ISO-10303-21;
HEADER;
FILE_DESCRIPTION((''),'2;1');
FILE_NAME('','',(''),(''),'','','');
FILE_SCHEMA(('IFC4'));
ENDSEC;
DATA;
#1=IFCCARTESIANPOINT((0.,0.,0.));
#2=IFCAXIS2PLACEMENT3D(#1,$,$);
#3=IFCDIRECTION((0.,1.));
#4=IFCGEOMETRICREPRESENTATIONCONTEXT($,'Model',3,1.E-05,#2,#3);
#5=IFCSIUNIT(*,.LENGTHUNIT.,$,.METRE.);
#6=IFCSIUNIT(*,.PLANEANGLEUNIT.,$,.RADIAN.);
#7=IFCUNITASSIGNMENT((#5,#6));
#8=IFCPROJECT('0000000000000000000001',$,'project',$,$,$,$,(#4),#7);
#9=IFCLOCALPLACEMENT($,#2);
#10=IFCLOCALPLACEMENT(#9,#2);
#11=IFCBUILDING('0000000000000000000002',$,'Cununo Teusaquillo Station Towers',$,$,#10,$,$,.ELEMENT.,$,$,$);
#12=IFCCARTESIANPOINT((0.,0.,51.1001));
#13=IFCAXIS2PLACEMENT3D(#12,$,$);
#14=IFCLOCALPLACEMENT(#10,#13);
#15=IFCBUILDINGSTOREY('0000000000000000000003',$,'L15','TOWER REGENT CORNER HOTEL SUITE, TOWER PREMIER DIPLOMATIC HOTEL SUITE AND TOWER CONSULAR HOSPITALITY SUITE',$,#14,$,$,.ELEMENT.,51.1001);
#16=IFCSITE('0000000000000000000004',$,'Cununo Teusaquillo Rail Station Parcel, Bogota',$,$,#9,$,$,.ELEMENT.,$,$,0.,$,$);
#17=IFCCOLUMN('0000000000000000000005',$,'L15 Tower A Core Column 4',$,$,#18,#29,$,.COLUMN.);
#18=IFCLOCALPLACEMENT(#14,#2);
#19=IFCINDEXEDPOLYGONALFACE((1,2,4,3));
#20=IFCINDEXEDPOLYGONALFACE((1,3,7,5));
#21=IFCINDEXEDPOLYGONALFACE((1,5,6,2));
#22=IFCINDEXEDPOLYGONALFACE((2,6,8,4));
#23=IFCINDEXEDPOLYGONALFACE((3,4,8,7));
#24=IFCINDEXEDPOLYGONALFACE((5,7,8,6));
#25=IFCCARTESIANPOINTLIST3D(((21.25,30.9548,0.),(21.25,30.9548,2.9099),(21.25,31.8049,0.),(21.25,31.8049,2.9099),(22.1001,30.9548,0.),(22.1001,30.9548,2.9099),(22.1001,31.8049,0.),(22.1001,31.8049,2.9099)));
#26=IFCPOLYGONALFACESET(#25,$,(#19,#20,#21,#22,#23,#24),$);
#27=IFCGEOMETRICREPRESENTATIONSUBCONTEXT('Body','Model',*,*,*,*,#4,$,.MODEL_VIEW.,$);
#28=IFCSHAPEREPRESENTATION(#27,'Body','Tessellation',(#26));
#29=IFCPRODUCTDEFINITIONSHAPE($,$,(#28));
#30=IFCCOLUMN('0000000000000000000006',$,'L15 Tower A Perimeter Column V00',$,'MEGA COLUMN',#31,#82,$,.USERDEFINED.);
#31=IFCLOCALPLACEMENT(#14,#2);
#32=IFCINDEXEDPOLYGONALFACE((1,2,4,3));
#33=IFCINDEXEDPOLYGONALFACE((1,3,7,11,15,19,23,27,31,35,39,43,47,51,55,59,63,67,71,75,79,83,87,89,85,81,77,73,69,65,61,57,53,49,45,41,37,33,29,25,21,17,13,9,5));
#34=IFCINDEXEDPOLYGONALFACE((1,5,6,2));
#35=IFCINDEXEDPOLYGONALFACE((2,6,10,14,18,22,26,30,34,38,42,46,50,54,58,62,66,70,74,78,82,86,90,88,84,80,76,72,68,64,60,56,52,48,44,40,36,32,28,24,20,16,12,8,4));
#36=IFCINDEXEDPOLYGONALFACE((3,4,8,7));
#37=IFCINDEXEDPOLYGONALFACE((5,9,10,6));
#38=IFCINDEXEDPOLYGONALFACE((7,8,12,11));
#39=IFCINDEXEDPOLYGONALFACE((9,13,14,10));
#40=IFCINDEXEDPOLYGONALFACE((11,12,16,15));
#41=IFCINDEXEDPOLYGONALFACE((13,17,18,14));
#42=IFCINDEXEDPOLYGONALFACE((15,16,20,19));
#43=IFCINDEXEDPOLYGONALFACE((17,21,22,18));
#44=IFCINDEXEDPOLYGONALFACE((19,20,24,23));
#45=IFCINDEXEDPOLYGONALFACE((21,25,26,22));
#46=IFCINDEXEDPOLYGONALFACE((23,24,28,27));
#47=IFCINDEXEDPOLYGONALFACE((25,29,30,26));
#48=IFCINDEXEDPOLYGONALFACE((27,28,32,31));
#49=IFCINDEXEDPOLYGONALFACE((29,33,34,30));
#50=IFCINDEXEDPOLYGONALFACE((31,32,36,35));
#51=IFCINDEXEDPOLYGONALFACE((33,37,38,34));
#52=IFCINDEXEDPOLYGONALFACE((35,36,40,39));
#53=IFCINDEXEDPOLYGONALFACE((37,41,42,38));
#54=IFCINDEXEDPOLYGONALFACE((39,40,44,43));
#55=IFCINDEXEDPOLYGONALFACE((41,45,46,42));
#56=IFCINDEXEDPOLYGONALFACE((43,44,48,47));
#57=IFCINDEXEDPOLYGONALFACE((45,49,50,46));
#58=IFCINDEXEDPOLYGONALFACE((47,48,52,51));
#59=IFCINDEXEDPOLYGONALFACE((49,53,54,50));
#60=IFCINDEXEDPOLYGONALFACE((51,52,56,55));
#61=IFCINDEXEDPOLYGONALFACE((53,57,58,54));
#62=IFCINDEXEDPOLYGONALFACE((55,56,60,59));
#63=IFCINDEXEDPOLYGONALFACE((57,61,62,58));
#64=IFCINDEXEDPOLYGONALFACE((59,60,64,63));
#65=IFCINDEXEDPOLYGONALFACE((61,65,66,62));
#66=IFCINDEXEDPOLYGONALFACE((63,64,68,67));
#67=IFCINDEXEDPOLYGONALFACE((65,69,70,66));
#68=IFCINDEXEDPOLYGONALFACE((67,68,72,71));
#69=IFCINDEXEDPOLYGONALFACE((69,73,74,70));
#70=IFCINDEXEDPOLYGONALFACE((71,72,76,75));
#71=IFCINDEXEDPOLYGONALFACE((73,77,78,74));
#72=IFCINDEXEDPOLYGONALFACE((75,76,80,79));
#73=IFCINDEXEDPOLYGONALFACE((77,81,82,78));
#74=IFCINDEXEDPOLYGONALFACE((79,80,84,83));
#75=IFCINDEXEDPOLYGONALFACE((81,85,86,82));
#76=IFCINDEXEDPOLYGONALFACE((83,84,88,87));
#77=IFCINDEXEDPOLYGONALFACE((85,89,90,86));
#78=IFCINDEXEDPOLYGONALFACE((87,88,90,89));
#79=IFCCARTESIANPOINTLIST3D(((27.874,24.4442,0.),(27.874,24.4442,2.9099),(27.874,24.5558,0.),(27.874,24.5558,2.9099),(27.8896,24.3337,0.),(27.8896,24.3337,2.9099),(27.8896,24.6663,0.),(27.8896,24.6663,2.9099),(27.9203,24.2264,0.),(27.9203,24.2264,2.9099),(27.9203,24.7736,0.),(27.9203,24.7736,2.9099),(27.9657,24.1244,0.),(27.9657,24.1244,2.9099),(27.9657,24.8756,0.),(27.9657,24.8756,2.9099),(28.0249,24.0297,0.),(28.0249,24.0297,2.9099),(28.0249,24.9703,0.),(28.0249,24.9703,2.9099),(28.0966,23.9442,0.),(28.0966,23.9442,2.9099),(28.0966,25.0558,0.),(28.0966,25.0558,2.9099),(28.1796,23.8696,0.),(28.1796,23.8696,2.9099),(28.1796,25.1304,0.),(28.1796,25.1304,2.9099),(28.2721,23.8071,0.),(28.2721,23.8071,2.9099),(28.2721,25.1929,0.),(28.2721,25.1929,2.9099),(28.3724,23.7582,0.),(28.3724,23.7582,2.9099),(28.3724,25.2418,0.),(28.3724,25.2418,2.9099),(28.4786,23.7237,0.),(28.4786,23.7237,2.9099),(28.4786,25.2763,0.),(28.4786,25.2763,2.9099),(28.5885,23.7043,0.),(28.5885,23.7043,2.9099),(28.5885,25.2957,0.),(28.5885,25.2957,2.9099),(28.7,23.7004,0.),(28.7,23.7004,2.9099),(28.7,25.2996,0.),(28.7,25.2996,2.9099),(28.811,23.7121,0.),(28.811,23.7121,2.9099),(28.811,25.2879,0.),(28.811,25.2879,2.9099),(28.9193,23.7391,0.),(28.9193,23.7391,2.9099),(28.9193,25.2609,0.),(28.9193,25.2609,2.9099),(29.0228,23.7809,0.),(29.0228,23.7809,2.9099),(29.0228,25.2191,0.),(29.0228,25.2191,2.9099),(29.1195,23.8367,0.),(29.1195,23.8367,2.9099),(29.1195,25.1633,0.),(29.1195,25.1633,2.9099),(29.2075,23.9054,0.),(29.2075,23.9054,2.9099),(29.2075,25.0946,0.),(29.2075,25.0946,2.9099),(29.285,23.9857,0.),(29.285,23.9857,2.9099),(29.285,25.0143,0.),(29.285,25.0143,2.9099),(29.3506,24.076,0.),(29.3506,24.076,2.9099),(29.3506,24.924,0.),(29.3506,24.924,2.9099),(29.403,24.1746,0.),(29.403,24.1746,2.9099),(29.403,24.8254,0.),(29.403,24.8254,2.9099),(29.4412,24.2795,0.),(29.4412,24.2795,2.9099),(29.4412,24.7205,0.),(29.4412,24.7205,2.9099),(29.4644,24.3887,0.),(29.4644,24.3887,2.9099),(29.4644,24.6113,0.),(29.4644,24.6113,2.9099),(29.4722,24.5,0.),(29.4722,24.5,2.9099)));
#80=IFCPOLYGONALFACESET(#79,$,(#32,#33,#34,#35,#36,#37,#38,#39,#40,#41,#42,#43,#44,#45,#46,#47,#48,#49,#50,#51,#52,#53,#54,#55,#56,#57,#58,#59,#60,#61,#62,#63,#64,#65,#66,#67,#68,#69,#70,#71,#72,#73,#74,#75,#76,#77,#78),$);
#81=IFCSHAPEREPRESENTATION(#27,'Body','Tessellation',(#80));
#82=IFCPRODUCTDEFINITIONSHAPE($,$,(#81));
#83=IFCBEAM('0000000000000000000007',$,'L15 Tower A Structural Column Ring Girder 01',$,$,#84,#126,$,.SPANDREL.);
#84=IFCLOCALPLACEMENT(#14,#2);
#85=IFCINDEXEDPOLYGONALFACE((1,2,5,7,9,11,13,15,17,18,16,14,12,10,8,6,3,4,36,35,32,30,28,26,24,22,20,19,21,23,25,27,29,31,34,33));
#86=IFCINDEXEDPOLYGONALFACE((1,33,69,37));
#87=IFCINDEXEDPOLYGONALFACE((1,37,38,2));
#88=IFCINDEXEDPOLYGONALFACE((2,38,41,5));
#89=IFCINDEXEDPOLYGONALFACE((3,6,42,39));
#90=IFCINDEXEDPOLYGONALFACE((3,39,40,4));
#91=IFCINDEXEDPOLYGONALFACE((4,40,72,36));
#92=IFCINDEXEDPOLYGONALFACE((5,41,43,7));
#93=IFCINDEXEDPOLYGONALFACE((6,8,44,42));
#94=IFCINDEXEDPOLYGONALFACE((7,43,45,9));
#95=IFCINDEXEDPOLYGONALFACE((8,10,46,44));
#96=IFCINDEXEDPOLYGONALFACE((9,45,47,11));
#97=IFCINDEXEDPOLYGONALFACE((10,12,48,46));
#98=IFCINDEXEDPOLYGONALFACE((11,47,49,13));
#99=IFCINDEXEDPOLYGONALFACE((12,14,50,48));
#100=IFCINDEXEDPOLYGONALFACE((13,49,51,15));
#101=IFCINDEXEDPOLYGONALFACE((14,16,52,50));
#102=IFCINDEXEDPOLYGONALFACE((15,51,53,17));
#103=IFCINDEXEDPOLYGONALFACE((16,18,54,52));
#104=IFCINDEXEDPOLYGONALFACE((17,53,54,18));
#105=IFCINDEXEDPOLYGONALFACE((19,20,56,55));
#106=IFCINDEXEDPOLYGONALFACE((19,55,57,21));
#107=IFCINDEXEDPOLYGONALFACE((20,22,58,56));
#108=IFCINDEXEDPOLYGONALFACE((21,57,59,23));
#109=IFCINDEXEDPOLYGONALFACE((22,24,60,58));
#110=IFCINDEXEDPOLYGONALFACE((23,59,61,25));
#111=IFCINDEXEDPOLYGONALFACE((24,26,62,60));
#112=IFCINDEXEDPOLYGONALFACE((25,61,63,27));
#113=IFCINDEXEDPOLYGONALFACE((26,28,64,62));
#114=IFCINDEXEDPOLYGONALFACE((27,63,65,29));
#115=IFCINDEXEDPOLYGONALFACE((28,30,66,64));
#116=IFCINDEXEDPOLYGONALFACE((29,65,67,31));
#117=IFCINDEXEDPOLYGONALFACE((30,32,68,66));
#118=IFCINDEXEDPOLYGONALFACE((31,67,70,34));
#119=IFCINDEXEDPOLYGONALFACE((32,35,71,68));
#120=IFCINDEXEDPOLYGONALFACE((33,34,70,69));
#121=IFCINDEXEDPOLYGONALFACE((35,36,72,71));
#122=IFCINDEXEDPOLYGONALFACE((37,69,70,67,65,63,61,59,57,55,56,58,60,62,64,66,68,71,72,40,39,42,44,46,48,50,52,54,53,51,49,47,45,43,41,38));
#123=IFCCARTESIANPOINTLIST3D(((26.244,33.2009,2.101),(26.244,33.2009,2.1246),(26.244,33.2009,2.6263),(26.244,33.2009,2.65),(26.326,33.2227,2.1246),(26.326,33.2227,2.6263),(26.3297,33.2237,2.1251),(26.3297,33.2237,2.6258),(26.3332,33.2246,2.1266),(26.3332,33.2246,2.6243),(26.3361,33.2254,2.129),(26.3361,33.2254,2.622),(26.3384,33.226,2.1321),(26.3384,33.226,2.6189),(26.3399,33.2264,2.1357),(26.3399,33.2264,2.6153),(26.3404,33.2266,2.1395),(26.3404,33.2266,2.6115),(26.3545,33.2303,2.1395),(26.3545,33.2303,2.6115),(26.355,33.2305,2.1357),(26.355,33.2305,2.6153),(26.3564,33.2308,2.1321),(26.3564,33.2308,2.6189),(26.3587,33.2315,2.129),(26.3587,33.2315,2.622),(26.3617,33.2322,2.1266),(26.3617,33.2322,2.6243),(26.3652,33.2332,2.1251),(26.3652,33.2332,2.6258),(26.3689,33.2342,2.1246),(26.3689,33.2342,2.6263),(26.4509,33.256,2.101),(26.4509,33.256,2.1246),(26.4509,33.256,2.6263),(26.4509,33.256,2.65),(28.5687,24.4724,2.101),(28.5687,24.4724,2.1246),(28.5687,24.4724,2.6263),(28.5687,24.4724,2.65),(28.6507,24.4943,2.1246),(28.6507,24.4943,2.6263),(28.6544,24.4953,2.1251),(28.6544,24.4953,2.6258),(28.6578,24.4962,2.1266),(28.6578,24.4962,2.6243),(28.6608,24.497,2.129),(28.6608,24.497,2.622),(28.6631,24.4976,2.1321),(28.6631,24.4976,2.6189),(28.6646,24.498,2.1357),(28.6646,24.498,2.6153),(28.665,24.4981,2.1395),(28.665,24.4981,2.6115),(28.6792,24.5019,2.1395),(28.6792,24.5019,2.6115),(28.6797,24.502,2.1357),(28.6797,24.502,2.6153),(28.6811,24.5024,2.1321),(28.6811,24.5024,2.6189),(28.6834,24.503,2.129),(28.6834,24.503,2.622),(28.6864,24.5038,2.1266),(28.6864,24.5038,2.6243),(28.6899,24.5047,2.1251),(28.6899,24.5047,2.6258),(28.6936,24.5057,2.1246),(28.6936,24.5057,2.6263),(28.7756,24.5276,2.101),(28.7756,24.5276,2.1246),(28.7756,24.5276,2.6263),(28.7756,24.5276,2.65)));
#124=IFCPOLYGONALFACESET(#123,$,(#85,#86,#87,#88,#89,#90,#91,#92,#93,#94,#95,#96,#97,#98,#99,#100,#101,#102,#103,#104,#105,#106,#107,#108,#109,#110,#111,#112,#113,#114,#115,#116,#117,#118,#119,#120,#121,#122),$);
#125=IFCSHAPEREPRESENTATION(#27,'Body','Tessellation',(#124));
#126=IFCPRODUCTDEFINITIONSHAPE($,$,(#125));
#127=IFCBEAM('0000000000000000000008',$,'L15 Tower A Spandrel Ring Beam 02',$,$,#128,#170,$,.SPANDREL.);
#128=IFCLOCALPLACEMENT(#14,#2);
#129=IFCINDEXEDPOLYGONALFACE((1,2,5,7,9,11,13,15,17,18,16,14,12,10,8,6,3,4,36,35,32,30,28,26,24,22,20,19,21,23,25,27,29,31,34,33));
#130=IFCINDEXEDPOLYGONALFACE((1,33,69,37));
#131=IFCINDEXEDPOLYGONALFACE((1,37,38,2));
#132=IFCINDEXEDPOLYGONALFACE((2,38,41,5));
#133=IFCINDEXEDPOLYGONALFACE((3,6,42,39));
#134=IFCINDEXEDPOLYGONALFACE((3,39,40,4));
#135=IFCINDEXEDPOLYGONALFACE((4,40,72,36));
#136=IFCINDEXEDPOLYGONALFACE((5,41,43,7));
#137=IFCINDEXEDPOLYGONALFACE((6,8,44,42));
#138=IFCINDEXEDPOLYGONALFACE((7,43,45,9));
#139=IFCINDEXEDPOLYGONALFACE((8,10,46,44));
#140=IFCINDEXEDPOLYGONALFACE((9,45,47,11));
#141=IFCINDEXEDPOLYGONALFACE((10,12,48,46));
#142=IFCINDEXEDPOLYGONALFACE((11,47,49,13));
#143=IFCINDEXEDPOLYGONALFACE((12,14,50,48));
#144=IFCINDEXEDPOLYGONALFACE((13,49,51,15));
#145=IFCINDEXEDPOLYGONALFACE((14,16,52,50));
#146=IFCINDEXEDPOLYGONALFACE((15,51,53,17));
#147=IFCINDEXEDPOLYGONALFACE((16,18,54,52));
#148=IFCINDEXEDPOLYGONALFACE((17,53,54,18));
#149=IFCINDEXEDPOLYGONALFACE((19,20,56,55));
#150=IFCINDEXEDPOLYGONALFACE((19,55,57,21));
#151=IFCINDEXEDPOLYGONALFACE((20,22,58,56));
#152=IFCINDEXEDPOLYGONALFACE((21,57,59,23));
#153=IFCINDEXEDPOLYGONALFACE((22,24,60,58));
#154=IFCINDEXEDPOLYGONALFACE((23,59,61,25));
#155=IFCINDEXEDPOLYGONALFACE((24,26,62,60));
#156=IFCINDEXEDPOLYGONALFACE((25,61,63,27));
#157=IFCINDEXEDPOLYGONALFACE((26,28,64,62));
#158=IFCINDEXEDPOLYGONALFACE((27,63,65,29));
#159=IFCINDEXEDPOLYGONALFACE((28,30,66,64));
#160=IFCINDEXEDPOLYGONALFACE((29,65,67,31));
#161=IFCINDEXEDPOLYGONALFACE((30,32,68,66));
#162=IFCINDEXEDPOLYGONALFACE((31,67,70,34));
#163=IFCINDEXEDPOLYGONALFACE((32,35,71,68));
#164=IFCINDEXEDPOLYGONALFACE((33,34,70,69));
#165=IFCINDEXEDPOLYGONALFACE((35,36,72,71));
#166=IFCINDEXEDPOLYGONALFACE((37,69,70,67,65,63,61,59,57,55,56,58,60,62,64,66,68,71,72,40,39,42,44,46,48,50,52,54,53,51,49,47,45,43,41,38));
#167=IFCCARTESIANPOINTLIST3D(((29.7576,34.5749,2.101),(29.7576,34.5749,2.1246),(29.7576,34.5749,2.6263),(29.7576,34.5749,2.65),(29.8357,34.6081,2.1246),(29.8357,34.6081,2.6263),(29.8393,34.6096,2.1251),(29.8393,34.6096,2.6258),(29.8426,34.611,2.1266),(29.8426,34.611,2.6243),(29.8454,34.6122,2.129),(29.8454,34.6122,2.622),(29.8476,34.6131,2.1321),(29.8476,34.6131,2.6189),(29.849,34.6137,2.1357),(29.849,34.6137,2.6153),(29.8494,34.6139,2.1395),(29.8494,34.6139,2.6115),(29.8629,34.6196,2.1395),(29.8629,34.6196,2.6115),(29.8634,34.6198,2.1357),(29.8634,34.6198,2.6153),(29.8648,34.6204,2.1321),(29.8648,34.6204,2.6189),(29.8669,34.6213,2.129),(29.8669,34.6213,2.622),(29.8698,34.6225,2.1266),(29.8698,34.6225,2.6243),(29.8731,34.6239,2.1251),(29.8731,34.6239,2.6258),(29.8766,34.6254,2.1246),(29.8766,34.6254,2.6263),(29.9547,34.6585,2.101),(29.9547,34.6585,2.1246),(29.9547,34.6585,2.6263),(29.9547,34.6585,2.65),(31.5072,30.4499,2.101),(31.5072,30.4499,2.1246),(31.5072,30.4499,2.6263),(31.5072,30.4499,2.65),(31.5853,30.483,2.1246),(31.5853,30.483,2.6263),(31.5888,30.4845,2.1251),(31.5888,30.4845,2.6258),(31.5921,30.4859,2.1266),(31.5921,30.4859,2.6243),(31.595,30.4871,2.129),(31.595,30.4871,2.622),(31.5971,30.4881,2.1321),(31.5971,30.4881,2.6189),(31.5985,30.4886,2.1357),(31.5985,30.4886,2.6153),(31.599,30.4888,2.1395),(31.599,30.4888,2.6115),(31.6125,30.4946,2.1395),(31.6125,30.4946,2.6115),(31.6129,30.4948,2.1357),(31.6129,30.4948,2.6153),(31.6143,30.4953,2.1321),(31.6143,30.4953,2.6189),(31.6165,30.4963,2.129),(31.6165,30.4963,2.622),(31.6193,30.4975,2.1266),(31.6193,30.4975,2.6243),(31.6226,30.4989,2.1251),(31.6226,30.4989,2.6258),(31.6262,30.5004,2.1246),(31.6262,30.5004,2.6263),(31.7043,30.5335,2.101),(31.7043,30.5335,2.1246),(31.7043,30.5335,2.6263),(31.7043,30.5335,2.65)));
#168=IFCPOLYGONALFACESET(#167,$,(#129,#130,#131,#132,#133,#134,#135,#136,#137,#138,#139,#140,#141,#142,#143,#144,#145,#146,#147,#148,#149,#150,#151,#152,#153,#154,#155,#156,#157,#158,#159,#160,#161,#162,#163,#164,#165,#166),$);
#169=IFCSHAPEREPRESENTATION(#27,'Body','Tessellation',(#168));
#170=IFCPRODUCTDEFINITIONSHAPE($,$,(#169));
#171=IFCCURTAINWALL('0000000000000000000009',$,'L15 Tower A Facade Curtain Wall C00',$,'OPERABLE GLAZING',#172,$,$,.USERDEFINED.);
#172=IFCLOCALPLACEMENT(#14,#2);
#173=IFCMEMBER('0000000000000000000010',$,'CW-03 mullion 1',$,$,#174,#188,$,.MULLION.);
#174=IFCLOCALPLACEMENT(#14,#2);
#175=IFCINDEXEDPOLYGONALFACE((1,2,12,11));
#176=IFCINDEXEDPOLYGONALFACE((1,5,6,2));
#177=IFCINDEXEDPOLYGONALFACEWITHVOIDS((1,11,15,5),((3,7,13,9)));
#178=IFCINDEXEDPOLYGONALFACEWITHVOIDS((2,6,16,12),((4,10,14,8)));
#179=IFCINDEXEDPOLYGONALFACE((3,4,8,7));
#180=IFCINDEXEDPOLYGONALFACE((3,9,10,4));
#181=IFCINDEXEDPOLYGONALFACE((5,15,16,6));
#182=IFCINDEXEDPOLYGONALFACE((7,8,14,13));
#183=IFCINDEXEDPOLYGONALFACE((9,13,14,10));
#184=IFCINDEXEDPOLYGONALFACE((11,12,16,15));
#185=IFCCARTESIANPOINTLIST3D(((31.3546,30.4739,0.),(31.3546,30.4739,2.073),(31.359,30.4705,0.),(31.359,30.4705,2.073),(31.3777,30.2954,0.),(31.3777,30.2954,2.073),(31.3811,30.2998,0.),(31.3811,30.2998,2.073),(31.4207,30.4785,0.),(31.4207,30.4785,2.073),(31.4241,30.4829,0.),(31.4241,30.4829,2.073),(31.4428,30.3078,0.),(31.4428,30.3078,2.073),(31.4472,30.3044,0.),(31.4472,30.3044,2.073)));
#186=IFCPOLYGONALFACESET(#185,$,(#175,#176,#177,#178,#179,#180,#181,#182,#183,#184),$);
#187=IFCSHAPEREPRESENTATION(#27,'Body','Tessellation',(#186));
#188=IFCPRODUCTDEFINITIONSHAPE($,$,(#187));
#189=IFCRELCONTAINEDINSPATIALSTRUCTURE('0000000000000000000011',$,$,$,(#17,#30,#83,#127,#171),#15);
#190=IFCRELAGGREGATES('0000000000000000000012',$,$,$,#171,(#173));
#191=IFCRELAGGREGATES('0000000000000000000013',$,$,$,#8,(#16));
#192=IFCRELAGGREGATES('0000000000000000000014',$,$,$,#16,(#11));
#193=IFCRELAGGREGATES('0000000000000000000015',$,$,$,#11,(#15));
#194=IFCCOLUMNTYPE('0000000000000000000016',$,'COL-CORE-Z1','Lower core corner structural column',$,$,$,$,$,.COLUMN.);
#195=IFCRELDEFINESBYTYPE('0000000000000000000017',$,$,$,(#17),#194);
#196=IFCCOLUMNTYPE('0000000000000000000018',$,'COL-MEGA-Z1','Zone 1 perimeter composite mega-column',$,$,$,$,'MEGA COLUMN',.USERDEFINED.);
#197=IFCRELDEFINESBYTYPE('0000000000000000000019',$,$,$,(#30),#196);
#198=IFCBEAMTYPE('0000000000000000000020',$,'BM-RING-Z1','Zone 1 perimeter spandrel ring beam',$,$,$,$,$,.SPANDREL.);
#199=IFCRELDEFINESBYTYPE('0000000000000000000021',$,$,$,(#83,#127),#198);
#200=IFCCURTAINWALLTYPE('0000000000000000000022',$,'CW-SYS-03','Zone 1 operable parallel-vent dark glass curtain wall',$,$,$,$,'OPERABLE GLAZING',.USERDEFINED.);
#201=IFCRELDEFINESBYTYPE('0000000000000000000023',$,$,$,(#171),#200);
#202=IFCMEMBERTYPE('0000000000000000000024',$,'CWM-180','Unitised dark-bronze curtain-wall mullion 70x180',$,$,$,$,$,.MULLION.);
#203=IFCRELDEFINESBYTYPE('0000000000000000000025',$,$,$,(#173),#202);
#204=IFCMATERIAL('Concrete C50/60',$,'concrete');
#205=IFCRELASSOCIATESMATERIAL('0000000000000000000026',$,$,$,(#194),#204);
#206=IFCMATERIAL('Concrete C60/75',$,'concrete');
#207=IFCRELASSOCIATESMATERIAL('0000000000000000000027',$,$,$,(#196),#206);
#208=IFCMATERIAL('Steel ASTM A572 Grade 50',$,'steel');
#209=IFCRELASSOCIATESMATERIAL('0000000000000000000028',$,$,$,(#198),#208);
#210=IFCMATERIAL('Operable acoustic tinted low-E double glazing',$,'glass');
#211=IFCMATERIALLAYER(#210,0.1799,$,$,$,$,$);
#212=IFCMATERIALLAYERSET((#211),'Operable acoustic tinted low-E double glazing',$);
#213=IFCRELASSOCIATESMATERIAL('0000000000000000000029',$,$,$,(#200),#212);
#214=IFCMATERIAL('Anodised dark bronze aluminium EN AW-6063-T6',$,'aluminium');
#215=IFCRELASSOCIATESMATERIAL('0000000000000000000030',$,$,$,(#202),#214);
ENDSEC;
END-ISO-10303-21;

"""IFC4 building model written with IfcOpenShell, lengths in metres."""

from ifc_helpers import new_model, si_unit, direction, frame, origin, origin_2d, place, context, subcontext, project, spatial, rectangle, hollow_rectangle, circle, i_section, extrude, material, layer, layer_set, material_profile, profile_set, type_object, element, aggregate, save


model = new_model("IFC4")

# Units and contexts
model_context = context("Model", 3, precision=1e-05, world=origin(), true_north=direction((0.0, 1.0)))
body_context = subcontext(model_context, "Body", "Model", "MODEL_VIEW")
ifc_project = project(units=[si_unit("LENGTHUNIT", "METRE"), si_unit("PLANEANGLEUNIT", "RADIAN")], contexts=[model_context])

# Site, building, storey
site_placement = place(None, origin())
site = spatial("IfcSite", under=ifc_project, at=site_placement, Name="Cununo Teusaquillo Rail Station Parcel, Bogota", CompositionType="ELEMENT", RefElevation=0.0)
building_placement = place(site_placement, origin())
building = spatial("IfcBuilding", under=site, at=building_placement, Name="Cununo Teusaquillo Station Towers", CompositionType="ELEMENT")
storey_placement = place(building_placement, frame((0.0, 0.0, 51.1001)))
storey = spatial("IfcBuildingStorey", under=building, at=storey_placement, Name="L15", Description="TOWER REGENT CORNER HOTEL SUITE, TOWER PREMIER DIPLOMATIC HOTEL SUITE AND TOWER CONSULAR HOSPITALITY SUITE", CompositionType="ELEMENT", Elevation=51.1001)

# Columns
ifc_material_1 = material(Name="Concrete C50/60", Category="concrete")
ifc_material_profile_1 = material_profile(ifc_material_1, rectangle(XDim=0.8501, YDim=0.8501, at=origin_2d()), Name="RC-RECT-850x850")
ifc_profile_set_1 = profile_set([ifc_material_profile_1], Name="Concrete C50/60")
column_type_1 = type_object("IfcColumnType", Name="COL-CORE-Z1", Description="Lower core corner structural column", PredefinedType="COLUMN", material=ifc_profile_set_1)
column_1_placement = place(storey_placement, frame((21.675, 31.3799, 0.0), z_axis=(0.0, 0.0, 1.0), x_axis=(1.0, 0.0, 0.0)))
element("IfcColumn", 1, at=column_1_placement, inside=storey, type_object=column_type_1, Name="L15 Tower A Core Column 4", PredefinedType="COLUMN", context=body_context, shape_type="SweptSolid", body=[
    extrude(rectangle(XDim=0.8501, YDim=0.8501, at=origin_2d()), origin(), (0.0, 0.0, 1.0), 2.9099),
])
ifc_material_2 = material(Name="Concrete C60/75", Category="concrete")
ifc_material_profile_2 = material_profile(ifc_material_2, circle(Radius=0.8, at=origin_2d()), Name="RC-CIRC-1600")
ifc_profile_set_2 = profile_set([ifc_material_profile_2], Name="Concrete C60/75")
column_type_2 = type_object("IfcColumnType", Name="COL-MEGA-Z1", Description="Zone 1 perimeter composite mega-column", ElementType="MEGA COLUMN", PredefinedType="USERDEFINED", material=ifc_profile_set_2)
column_2_placement = place(storey_placement, frame((28.6721, 24.5, 0.0), z_axis=(0.0, 0.0, 1.0), x_axis=(1.0, 0.0, 0.0)))
element("IfcColumn", 2, at=column_2_placement, inside=storey, type_object=column_type_2, Name="L15 Tower A Perimeter Column V00", ObjectType="MEGA COLUMN", PredefinedType="USERDEFINED", context=body_context, shape_type="SweptSolid", body=[
    extrude(circle(Radius=0.8, at=origin_2d()), origin(), (0.0, 0.0, 1.0), 2.9099),
])

# Beams
ifc_material_3 = material(Name="Steel ASTM A572 Grade 50", Category="steel")
ifc_material_profile_3 = material_profile(ifc_material_3, i_section(OverallWidth=0.2141, OverallDepth=0.5491, WebThickness=0.0146, FlangeThickness=0.0237, FilletRadius=0.0149, at=origin_2d()), Name="W21X93")
ifc_profile_set_3 = profile_set([ifc_material_profile_3], Name="Steel ASTM A572 Grade 50")
beam_type = type_object("IfcBeamType", Name="BM-RING-Z1", Description="Zone 1 perimeter spandrel ring beam", PredefinedType="SPANDREL", material=ifc_profile_set_3)
beam_1_placement = place(storey_placement, frame((28.6721, 24.5, 2.3755), z_axis=(-0.257363, 0.966315, 0.0), x_axis=(-0.966315, -0.257363, 0.0)))
element("IfcBeam", 3, at=beam_1_placement, inside=storey, type_object=beam_type, Name="L15 Tower A Structural Column Ring Girder 01", PredefinedType="SPANDREL", context=body_context, shape_type="SweptSolid", body=[
    extrude(i_section(OverallWidth=0.2141, OverallDepth=0.5491, WebThickness=0.0146, FlangeThickness=0.0237, FilletRadius=0.0149, at=origin_2d()), origin(), (0.0, 0.0, 1.0), 9.0327),
])
beam_2_placement = place(storey_placement, frame((31.6057, 30.4917, 2.3755), z_axis=(-0.390457, 0.920621, 0.0), x_axis=(-0.920621, -0.390457, 0.0)))
element("IfcBeam", 4, at=beam_2_placement, inside=storey, type_object=beam_type, Name="L15 Tower A Spandrel Ring Beam 02", PredefinedType="SPANDREL", context=body_context, shape_type="SweptSolid", body=[
    extrude(i_section(OverallWidth=0.2141, OverallDepth=0.5491, WebThickness=0.0146, FlangeThickness=0.0237, FilletRadius=0.0149, at=origin_2d()), origin(), (0.0, 0.0, 1.0), 4.4807),
])

# Curtain wall, member
ifc_material_4 = material(Name="Operable acoustic tinted low-E double glazing", Category="glass")
ifc_layer_1 = layer(ifc_material_4, 0.1799)
ifc_layer_set_1 = layer_set([ifc_layer_1], Name="Operable acoustic tinted low-E double glazing")
curtain_wall_type = type_object("IfcCurtainWallType", Name="CW-SYS-03", Description="Zone 1 operable parallel-vent dark glass curtain wall", ElementType="OPERABLE GLAZING", PredefinedType="USERDEFINED", material=ifc_layer_set_1)
curtain_wall_placement = place(storey_placement, origin())
curtain_wall = element("IfcCurtainWall", 5, at=curtain_wall_placement, inside=storey, type_object=curtain_wall_type, Name="L15 Tower A Facade Curtain Wall C00", ObjectType="OPERABLE GLAZING", PredefinedType="USERDEFINED")
ifc_material_5 = material(Name="Anodised dark bronze aluminium EN AW-6063-T6", Category="aluminium")
ifc_material_profile_4 = material_profile(ifc_material_5, hollow_rectangle(XDim=0.0701, YDim=0.1799, WallThickness=0.0039, at=origin_2d()), Name="CW-MULL-70x180")
ifc_profile_set_4 = profile_set([ifc_material_profile_4], Name="Anodised dark bronze aluminium EN AW-6063-T6")
member_type_1 = type_object("IfcMemberType", Name="CWM-180", Description="Unitised dark-bronze curtain-wall mullion 70x180", PredefinedType="MULLION", material=ifc_profile_set_4)
member_1_placement = place(storey_placement, frame((31.4009, 30.3892, 0.0), z_axis=(0.0, 0.0, 1.0), x_axis=(0.991731, 0.128336, 0.0)))
member_1 = element("IfcMember", 6, at=member_1_placement, type_object=member_type_1, Name="CW-03 mullion 1", PredefinedType="MULLION", context=body_context, shape_type="SweptSolid", body=[
    extrude(hollow_rectangle(XDim=0.0701, YDim=0.1799, WallThickness=0.0039, at=origin_2d()), origin(), (0.0, 0.0, 1.0), 2.073),
])
aggregate(curtain_wall, [member_1])

save(model, "model.ifc")
